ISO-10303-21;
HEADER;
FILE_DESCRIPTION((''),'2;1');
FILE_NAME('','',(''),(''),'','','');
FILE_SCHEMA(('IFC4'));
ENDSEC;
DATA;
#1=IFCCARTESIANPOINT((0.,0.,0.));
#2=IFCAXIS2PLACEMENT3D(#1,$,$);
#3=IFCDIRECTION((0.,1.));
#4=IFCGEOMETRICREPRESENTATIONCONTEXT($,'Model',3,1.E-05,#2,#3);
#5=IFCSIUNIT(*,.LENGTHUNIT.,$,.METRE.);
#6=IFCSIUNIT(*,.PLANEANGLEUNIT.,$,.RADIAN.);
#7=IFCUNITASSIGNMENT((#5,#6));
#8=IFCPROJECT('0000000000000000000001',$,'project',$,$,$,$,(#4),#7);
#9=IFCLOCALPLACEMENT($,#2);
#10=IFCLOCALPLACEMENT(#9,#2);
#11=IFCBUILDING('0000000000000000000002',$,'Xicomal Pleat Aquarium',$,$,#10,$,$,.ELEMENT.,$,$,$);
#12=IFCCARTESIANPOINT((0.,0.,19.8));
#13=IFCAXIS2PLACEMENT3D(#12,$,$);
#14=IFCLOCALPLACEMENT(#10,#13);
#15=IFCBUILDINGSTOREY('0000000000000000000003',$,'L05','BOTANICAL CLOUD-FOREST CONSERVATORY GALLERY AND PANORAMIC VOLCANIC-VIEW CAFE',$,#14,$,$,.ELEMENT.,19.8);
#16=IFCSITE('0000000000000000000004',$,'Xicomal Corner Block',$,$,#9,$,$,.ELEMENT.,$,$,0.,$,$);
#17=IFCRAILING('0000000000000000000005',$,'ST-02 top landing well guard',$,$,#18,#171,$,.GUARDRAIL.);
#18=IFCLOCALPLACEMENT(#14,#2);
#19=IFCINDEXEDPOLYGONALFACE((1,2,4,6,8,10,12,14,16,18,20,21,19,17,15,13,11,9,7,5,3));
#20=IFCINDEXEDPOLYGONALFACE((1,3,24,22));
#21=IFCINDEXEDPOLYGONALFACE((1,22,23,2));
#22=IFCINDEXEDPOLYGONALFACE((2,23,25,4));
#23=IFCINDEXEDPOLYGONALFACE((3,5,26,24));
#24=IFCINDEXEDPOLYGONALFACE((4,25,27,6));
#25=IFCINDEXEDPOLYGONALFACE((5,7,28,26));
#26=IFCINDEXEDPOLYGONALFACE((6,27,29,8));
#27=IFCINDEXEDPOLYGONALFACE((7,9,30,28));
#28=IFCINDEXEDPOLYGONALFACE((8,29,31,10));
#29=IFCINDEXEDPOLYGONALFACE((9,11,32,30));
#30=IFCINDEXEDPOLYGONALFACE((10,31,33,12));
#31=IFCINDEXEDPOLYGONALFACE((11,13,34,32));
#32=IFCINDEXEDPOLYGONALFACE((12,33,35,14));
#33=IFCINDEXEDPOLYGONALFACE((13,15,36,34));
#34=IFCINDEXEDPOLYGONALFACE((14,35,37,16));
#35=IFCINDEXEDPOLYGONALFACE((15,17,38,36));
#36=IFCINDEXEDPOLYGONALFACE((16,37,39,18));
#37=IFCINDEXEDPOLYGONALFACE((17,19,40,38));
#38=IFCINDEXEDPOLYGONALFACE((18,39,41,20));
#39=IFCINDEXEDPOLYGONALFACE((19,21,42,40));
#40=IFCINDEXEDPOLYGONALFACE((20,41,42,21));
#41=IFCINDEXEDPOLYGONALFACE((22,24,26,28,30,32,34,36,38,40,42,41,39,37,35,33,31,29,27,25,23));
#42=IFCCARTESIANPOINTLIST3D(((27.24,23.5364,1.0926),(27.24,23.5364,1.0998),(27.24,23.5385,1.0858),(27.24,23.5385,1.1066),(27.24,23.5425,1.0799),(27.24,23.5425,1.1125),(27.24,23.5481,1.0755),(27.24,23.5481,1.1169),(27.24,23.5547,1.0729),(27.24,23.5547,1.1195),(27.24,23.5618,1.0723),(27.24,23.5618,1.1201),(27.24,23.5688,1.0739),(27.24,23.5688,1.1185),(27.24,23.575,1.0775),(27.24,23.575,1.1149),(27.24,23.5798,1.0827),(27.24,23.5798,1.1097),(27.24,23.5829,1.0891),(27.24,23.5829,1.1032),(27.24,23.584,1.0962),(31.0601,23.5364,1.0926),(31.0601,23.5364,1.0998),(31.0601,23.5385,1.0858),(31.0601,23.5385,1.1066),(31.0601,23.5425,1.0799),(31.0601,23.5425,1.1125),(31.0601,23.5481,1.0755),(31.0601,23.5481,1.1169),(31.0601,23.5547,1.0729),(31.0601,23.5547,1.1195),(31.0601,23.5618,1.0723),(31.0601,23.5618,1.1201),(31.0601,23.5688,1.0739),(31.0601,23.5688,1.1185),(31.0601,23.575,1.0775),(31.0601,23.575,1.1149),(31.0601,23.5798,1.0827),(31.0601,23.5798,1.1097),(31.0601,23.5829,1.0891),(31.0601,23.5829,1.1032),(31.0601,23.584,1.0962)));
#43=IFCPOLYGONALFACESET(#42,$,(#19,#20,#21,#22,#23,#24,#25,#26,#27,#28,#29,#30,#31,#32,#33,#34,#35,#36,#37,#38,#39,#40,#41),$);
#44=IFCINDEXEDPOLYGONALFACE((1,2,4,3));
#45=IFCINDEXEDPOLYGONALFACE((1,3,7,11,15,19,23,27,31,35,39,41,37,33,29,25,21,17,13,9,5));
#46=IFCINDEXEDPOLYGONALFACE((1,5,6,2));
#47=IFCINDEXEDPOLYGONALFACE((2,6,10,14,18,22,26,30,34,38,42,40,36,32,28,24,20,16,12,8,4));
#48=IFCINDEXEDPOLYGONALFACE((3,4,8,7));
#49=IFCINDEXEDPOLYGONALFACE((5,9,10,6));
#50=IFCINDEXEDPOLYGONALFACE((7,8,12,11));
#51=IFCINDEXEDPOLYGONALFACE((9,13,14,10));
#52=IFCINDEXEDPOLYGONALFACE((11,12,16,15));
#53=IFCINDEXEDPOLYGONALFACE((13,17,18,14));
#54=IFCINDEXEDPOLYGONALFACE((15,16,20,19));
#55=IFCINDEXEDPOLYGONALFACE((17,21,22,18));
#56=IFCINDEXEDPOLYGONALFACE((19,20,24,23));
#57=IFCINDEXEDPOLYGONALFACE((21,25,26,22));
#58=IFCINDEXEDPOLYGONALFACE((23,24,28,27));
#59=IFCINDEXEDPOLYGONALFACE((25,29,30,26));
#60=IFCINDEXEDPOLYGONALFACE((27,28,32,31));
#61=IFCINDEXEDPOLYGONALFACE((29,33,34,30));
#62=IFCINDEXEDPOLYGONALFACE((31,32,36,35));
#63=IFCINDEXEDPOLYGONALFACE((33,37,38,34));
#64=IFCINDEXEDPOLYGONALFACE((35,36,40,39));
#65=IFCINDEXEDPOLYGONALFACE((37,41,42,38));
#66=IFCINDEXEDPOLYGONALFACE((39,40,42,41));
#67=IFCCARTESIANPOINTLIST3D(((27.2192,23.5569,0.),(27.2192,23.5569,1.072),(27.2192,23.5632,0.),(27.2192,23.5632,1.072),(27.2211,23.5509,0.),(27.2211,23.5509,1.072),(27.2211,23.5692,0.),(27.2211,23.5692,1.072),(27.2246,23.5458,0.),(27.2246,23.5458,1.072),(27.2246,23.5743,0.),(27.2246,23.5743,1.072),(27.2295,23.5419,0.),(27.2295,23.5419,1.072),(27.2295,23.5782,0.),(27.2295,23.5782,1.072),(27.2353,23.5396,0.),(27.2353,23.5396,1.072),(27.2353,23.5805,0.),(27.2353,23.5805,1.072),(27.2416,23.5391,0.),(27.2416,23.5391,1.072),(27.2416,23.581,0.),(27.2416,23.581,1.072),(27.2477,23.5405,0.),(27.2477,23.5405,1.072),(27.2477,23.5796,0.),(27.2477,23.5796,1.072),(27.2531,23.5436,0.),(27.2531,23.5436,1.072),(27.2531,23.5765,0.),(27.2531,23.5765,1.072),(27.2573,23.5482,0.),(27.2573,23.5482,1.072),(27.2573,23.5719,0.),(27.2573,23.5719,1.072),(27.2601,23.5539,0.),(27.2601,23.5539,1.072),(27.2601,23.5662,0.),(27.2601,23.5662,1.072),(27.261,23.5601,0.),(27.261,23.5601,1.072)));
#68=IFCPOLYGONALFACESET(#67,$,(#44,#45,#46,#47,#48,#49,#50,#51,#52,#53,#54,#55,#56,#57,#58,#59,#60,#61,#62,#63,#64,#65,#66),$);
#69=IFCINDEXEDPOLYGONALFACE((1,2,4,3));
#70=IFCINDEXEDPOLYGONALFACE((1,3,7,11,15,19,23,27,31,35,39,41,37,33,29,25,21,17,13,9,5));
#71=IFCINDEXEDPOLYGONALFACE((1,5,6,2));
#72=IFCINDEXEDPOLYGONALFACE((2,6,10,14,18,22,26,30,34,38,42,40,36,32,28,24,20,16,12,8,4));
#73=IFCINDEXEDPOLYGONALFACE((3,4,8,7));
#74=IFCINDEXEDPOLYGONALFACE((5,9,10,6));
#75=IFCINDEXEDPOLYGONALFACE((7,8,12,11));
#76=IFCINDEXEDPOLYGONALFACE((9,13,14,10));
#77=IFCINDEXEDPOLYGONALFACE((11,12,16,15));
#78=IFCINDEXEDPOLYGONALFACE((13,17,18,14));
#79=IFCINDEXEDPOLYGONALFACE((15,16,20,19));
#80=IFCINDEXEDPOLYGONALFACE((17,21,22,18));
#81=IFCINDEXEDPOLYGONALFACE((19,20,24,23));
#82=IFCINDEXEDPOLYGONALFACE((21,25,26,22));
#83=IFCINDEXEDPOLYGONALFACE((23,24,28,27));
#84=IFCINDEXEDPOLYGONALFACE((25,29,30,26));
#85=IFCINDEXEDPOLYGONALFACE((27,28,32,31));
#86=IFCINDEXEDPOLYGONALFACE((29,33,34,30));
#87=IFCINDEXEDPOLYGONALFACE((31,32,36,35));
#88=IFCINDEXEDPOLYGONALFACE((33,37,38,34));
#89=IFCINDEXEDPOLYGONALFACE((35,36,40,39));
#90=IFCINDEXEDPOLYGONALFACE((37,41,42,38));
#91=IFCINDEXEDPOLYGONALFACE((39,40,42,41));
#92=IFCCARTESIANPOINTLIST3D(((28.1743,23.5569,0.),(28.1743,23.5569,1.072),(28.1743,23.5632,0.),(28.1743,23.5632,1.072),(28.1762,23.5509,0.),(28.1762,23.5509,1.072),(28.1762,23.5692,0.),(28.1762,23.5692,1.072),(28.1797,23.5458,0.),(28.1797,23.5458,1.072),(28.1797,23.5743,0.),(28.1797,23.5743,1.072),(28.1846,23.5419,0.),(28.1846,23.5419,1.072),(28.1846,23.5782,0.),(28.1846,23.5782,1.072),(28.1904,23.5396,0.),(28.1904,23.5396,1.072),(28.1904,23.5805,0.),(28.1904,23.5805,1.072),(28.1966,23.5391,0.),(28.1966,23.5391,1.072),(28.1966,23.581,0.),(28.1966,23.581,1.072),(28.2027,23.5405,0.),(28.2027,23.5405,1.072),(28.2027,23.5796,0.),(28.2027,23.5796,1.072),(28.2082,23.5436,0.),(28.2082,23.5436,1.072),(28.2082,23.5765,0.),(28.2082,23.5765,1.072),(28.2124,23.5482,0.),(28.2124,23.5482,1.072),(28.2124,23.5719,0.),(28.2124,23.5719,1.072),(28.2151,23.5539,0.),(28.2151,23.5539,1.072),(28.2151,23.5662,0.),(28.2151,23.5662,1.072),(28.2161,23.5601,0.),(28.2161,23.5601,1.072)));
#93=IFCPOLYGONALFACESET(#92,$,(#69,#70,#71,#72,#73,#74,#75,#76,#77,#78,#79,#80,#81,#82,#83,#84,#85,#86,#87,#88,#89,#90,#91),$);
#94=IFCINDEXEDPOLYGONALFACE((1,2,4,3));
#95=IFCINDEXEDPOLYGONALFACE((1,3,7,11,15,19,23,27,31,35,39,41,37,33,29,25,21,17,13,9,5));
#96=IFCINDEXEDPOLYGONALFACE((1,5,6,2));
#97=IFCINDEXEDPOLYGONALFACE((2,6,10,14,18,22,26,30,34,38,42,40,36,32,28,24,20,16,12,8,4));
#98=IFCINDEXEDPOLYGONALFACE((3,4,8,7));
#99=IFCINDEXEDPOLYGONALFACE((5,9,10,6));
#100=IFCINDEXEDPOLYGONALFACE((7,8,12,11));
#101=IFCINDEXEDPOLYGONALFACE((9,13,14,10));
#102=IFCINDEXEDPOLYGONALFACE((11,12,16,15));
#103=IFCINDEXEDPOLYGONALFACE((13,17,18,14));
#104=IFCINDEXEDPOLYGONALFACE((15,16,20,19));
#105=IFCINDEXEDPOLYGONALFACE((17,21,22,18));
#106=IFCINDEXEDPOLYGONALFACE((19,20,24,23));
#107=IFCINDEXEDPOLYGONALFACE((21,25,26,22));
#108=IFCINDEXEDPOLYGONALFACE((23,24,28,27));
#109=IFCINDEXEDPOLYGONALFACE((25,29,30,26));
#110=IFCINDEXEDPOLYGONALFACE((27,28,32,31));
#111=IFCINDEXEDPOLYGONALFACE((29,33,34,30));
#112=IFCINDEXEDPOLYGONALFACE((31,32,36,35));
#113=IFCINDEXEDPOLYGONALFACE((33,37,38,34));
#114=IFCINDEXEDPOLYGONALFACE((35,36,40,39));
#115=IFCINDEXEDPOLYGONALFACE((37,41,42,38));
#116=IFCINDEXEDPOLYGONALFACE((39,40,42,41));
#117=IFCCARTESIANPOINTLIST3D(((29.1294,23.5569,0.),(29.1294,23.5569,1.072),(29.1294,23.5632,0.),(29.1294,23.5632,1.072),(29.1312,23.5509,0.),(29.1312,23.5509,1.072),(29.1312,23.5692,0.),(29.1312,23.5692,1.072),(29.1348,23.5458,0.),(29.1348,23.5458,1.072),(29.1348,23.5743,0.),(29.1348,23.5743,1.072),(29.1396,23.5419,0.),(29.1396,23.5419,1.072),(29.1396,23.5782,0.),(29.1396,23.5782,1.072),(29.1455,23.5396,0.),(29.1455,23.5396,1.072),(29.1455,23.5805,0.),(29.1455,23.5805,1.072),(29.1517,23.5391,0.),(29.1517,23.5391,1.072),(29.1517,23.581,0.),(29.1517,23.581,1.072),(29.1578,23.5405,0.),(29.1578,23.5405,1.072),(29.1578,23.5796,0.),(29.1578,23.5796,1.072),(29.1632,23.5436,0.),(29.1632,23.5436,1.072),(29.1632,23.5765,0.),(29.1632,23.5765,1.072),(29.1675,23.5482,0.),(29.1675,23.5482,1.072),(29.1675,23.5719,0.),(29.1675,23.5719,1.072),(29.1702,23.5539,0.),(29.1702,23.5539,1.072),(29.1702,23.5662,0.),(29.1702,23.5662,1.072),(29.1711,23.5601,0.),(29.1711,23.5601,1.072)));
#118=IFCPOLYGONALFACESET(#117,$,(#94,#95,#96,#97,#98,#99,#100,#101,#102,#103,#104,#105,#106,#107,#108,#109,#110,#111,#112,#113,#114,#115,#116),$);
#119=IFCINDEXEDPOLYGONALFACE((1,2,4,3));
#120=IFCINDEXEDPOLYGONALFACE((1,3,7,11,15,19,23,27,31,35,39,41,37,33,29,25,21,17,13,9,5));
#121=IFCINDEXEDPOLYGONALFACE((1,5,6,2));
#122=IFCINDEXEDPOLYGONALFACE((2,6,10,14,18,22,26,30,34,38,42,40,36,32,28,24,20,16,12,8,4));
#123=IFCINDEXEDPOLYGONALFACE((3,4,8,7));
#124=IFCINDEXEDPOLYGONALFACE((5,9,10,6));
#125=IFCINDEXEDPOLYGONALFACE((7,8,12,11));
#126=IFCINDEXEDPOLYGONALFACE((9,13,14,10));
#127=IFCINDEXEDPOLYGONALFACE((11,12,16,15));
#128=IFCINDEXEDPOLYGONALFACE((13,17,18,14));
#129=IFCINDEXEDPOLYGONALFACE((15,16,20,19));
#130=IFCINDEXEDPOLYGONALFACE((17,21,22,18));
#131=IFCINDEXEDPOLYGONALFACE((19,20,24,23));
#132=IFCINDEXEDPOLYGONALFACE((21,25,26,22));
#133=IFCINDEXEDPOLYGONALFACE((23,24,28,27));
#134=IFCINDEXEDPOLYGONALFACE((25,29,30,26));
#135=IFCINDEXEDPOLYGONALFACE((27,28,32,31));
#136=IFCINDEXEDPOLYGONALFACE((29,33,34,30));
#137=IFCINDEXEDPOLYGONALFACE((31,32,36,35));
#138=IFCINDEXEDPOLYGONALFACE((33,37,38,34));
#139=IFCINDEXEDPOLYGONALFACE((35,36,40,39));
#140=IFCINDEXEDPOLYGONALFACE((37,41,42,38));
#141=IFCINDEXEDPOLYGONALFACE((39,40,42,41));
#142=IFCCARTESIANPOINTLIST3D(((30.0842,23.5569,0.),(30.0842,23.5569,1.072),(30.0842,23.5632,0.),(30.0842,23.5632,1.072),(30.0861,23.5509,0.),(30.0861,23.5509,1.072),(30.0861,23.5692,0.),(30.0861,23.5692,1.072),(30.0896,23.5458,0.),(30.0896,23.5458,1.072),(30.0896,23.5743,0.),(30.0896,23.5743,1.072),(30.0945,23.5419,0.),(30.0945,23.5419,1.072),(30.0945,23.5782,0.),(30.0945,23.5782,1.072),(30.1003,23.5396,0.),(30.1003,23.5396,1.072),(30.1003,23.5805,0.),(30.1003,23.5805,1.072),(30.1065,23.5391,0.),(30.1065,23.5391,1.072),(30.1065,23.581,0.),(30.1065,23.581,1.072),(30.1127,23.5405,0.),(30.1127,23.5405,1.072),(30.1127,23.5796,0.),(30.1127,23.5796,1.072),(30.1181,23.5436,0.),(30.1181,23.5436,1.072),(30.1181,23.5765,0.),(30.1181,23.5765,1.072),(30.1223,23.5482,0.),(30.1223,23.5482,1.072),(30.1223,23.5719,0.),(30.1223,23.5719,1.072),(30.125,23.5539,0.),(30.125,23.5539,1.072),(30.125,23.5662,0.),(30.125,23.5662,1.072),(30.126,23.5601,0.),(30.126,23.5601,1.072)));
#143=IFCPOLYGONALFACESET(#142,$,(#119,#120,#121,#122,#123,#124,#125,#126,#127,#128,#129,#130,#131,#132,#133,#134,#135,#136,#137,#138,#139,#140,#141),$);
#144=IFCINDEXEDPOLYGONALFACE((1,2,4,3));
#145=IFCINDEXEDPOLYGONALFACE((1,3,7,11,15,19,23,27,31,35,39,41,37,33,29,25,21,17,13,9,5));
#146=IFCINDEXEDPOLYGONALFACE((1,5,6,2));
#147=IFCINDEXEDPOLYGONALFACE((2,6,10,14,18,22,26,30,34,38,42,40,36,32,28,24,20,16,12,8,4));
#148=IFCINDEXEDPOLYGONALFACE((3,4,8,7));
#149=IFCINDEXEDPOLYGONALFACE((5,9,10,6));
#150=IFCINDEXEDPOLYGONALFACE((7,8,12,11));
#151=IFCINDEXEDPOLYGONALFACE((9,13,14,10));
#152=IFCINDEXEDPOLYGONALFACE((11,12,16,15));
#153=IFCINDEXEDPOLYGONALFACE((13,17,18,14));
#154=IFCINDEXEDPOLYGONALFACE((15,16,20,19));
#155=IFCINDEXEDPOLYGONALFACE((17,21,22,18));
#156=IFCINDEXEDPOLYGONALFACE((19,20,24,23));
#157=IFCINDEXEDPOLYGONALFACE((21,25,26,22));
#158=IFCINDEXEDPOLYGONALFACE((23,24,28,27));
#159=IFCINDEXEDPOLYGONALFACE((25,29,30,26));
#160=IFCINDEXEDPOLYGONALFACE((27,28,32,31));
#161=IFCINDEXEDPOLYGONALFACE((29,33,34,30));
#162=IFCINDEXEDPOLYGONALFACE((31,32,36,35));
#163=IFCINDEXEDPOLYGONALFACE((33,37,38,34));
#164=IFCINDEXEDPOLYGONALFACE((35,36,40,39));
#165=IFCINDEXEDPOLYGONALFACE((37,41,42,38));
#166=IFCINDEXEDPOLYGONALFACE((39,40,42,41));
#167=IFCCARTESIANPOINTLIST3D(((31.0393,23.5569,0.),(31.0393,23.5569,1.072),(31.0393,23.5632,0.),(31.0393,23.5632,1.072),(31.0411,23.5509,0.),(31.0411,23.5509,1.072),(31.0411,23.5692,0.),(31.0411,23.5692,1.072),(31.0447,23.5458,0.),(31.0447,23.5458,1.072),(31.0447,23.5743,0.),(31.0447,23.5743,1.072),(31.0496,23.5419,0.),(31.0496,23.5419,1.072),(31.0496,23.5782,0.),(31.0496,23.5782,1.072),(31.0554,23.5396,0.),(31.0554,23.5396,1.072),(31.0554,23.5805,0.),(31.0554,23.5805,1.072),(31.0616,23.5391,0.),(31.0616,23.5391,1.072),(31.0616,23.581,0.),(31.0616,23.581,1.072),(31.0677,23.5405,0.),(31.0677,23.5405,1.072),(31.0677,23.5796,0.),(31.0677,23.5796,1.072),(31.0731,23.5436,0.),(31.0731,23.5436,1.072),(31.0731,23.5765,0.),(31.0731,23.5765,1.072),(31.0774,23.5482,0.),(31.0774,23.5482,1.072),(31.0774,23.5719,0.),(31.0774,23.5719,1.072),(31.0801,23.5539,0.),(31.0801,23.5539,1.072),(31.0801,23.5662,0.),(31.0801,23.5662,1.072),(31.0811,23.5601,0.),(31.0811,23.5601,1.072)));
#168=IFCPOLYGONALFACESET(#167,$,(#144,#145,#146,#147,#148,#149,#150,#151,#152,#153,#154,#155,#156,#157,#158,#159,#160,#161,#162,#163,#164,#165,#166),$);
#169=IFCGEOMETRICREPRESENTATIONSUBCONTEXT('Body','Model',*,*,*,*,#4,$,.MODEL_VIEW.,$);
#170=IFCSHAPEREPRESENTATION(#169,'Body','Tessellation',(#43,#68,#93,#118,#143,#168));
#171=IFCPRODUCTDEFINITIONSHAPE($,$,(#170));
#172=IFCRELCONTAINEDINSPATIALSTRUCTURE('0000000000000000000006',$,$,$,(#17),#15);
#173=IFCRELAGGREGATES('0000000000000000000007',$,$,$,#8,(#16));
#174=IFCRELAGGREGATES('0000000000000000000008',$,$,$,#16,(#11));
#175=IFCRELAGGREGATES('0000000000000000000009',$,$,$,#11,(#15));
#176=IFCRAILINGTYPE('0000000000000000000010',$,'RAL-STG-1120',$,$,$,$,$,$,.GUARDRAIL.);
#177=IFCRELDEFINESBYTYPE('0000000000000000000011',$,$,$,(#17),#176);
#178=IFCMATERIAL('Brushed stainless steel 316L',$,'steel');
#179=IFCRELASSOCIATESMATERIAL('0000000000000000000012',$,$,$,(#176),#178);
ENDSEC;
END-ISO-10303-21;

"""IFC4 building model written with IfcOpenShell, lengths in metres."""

from ifc_helpers import new_model, si_unit, direction, frame, origin, origin_2d, place, context, subcontext, project, spatial, circle, extrude, material, type_object, element, save


model = new_model("IFC4")

# Units and contexts
model_context = context("Model", 3, precision=1e-05, world=origin(), true_north=direction((0.0, 1.0)))
body_context = subcontext(model_context, "Body", "Model", "MODEL_VIEW")
ifc_project = project(units=[si_unit("LENGTHUNIT", "METRE"), si_unit("PLANEANGLEUNIT", "RADIAN")], contexts=[model_context])

# Site, building, storey
site_placement = place(None, origin())
site = spatial("IfcSite", under=ifc_project, at=site_placement, Name="Xicomal Corner Block", CompositionType="ELEMENT", RefElevation=0.0)
building_placement = place(site_placement, origin())
building = spatial("IfcBuilding", under=site, at=building_placement, Name="Xicomal Pleat Aquarium", CompositionType="ELEMENT")
storey_placement = place(building_placement, frame((0.0, 0.0, 19.8)))
storey = spatial("IfcBuildingStorey", under=building, at=storey_placement, Name="L05", Description="BOTANICAL CLOUD-FOREST CONSERVATORY GALLERY AND PANORAMIC VOLCANIC-VIEW CAFE", CompositionType="ELEMENT", Elevation=19.8)

# Railing
ifc_material_1 = material(Name="Brushed stainless steel 316L", Category="steel")
railing_type = type_object("IfcRailingType", Name="RAL-STG-1120", PredefinedType="GUARDRAIL", material=ifc_material_1)
railing_placement = place(storey_placement, frame((27.24, 23.5601, 0.0)))
element("IfcRailing", 1, at=railing_placement, inside=storey, type_object=railing_type, Name="ST-02 top landing well guard", PredefinedType="GUARDRAIL", context=body_context, shape_type="SweptSolid", body=[
    extrude(circle(Radius=0.0239, at=origin_2d()), frame((0.0, 0.0, 1.0962), z_axis=(1.0, 0.0, 0.0), x_axis=(0.0, 1.0, 0.0)), (0.0, 0.0, 1.0), 3.8201),
    extrude(circle(Radius=0.021, at=origin_2d()), origin(), (0.0, 0.0, 1.0), 1.072),
    extrude(circle(Radius=0.021, at=origin_2d()), frame((0.9551, 0.0, 0.0)), (0.0, 0.0, 1.0), 1.072),
    extrude(circle(Radius=0.021, at=origin_2d()), frame((1.9102, 0.0, 0.0)), (0.0, 0.0, 1.0), 1.072),
    extrude(circle(Radius=0.021, at=origin_2d()), frame((2.865, 0.0, 0.0)), (0.0, 0.0, 1.0), 1.072),
    extrude(circle(Radius=0.021, at=origin_2d()), frame((3.8201, 0.0, 0.0)), (0.0, 0.0, 1.0), 1.072),
])

save(model, "model.ifc")
